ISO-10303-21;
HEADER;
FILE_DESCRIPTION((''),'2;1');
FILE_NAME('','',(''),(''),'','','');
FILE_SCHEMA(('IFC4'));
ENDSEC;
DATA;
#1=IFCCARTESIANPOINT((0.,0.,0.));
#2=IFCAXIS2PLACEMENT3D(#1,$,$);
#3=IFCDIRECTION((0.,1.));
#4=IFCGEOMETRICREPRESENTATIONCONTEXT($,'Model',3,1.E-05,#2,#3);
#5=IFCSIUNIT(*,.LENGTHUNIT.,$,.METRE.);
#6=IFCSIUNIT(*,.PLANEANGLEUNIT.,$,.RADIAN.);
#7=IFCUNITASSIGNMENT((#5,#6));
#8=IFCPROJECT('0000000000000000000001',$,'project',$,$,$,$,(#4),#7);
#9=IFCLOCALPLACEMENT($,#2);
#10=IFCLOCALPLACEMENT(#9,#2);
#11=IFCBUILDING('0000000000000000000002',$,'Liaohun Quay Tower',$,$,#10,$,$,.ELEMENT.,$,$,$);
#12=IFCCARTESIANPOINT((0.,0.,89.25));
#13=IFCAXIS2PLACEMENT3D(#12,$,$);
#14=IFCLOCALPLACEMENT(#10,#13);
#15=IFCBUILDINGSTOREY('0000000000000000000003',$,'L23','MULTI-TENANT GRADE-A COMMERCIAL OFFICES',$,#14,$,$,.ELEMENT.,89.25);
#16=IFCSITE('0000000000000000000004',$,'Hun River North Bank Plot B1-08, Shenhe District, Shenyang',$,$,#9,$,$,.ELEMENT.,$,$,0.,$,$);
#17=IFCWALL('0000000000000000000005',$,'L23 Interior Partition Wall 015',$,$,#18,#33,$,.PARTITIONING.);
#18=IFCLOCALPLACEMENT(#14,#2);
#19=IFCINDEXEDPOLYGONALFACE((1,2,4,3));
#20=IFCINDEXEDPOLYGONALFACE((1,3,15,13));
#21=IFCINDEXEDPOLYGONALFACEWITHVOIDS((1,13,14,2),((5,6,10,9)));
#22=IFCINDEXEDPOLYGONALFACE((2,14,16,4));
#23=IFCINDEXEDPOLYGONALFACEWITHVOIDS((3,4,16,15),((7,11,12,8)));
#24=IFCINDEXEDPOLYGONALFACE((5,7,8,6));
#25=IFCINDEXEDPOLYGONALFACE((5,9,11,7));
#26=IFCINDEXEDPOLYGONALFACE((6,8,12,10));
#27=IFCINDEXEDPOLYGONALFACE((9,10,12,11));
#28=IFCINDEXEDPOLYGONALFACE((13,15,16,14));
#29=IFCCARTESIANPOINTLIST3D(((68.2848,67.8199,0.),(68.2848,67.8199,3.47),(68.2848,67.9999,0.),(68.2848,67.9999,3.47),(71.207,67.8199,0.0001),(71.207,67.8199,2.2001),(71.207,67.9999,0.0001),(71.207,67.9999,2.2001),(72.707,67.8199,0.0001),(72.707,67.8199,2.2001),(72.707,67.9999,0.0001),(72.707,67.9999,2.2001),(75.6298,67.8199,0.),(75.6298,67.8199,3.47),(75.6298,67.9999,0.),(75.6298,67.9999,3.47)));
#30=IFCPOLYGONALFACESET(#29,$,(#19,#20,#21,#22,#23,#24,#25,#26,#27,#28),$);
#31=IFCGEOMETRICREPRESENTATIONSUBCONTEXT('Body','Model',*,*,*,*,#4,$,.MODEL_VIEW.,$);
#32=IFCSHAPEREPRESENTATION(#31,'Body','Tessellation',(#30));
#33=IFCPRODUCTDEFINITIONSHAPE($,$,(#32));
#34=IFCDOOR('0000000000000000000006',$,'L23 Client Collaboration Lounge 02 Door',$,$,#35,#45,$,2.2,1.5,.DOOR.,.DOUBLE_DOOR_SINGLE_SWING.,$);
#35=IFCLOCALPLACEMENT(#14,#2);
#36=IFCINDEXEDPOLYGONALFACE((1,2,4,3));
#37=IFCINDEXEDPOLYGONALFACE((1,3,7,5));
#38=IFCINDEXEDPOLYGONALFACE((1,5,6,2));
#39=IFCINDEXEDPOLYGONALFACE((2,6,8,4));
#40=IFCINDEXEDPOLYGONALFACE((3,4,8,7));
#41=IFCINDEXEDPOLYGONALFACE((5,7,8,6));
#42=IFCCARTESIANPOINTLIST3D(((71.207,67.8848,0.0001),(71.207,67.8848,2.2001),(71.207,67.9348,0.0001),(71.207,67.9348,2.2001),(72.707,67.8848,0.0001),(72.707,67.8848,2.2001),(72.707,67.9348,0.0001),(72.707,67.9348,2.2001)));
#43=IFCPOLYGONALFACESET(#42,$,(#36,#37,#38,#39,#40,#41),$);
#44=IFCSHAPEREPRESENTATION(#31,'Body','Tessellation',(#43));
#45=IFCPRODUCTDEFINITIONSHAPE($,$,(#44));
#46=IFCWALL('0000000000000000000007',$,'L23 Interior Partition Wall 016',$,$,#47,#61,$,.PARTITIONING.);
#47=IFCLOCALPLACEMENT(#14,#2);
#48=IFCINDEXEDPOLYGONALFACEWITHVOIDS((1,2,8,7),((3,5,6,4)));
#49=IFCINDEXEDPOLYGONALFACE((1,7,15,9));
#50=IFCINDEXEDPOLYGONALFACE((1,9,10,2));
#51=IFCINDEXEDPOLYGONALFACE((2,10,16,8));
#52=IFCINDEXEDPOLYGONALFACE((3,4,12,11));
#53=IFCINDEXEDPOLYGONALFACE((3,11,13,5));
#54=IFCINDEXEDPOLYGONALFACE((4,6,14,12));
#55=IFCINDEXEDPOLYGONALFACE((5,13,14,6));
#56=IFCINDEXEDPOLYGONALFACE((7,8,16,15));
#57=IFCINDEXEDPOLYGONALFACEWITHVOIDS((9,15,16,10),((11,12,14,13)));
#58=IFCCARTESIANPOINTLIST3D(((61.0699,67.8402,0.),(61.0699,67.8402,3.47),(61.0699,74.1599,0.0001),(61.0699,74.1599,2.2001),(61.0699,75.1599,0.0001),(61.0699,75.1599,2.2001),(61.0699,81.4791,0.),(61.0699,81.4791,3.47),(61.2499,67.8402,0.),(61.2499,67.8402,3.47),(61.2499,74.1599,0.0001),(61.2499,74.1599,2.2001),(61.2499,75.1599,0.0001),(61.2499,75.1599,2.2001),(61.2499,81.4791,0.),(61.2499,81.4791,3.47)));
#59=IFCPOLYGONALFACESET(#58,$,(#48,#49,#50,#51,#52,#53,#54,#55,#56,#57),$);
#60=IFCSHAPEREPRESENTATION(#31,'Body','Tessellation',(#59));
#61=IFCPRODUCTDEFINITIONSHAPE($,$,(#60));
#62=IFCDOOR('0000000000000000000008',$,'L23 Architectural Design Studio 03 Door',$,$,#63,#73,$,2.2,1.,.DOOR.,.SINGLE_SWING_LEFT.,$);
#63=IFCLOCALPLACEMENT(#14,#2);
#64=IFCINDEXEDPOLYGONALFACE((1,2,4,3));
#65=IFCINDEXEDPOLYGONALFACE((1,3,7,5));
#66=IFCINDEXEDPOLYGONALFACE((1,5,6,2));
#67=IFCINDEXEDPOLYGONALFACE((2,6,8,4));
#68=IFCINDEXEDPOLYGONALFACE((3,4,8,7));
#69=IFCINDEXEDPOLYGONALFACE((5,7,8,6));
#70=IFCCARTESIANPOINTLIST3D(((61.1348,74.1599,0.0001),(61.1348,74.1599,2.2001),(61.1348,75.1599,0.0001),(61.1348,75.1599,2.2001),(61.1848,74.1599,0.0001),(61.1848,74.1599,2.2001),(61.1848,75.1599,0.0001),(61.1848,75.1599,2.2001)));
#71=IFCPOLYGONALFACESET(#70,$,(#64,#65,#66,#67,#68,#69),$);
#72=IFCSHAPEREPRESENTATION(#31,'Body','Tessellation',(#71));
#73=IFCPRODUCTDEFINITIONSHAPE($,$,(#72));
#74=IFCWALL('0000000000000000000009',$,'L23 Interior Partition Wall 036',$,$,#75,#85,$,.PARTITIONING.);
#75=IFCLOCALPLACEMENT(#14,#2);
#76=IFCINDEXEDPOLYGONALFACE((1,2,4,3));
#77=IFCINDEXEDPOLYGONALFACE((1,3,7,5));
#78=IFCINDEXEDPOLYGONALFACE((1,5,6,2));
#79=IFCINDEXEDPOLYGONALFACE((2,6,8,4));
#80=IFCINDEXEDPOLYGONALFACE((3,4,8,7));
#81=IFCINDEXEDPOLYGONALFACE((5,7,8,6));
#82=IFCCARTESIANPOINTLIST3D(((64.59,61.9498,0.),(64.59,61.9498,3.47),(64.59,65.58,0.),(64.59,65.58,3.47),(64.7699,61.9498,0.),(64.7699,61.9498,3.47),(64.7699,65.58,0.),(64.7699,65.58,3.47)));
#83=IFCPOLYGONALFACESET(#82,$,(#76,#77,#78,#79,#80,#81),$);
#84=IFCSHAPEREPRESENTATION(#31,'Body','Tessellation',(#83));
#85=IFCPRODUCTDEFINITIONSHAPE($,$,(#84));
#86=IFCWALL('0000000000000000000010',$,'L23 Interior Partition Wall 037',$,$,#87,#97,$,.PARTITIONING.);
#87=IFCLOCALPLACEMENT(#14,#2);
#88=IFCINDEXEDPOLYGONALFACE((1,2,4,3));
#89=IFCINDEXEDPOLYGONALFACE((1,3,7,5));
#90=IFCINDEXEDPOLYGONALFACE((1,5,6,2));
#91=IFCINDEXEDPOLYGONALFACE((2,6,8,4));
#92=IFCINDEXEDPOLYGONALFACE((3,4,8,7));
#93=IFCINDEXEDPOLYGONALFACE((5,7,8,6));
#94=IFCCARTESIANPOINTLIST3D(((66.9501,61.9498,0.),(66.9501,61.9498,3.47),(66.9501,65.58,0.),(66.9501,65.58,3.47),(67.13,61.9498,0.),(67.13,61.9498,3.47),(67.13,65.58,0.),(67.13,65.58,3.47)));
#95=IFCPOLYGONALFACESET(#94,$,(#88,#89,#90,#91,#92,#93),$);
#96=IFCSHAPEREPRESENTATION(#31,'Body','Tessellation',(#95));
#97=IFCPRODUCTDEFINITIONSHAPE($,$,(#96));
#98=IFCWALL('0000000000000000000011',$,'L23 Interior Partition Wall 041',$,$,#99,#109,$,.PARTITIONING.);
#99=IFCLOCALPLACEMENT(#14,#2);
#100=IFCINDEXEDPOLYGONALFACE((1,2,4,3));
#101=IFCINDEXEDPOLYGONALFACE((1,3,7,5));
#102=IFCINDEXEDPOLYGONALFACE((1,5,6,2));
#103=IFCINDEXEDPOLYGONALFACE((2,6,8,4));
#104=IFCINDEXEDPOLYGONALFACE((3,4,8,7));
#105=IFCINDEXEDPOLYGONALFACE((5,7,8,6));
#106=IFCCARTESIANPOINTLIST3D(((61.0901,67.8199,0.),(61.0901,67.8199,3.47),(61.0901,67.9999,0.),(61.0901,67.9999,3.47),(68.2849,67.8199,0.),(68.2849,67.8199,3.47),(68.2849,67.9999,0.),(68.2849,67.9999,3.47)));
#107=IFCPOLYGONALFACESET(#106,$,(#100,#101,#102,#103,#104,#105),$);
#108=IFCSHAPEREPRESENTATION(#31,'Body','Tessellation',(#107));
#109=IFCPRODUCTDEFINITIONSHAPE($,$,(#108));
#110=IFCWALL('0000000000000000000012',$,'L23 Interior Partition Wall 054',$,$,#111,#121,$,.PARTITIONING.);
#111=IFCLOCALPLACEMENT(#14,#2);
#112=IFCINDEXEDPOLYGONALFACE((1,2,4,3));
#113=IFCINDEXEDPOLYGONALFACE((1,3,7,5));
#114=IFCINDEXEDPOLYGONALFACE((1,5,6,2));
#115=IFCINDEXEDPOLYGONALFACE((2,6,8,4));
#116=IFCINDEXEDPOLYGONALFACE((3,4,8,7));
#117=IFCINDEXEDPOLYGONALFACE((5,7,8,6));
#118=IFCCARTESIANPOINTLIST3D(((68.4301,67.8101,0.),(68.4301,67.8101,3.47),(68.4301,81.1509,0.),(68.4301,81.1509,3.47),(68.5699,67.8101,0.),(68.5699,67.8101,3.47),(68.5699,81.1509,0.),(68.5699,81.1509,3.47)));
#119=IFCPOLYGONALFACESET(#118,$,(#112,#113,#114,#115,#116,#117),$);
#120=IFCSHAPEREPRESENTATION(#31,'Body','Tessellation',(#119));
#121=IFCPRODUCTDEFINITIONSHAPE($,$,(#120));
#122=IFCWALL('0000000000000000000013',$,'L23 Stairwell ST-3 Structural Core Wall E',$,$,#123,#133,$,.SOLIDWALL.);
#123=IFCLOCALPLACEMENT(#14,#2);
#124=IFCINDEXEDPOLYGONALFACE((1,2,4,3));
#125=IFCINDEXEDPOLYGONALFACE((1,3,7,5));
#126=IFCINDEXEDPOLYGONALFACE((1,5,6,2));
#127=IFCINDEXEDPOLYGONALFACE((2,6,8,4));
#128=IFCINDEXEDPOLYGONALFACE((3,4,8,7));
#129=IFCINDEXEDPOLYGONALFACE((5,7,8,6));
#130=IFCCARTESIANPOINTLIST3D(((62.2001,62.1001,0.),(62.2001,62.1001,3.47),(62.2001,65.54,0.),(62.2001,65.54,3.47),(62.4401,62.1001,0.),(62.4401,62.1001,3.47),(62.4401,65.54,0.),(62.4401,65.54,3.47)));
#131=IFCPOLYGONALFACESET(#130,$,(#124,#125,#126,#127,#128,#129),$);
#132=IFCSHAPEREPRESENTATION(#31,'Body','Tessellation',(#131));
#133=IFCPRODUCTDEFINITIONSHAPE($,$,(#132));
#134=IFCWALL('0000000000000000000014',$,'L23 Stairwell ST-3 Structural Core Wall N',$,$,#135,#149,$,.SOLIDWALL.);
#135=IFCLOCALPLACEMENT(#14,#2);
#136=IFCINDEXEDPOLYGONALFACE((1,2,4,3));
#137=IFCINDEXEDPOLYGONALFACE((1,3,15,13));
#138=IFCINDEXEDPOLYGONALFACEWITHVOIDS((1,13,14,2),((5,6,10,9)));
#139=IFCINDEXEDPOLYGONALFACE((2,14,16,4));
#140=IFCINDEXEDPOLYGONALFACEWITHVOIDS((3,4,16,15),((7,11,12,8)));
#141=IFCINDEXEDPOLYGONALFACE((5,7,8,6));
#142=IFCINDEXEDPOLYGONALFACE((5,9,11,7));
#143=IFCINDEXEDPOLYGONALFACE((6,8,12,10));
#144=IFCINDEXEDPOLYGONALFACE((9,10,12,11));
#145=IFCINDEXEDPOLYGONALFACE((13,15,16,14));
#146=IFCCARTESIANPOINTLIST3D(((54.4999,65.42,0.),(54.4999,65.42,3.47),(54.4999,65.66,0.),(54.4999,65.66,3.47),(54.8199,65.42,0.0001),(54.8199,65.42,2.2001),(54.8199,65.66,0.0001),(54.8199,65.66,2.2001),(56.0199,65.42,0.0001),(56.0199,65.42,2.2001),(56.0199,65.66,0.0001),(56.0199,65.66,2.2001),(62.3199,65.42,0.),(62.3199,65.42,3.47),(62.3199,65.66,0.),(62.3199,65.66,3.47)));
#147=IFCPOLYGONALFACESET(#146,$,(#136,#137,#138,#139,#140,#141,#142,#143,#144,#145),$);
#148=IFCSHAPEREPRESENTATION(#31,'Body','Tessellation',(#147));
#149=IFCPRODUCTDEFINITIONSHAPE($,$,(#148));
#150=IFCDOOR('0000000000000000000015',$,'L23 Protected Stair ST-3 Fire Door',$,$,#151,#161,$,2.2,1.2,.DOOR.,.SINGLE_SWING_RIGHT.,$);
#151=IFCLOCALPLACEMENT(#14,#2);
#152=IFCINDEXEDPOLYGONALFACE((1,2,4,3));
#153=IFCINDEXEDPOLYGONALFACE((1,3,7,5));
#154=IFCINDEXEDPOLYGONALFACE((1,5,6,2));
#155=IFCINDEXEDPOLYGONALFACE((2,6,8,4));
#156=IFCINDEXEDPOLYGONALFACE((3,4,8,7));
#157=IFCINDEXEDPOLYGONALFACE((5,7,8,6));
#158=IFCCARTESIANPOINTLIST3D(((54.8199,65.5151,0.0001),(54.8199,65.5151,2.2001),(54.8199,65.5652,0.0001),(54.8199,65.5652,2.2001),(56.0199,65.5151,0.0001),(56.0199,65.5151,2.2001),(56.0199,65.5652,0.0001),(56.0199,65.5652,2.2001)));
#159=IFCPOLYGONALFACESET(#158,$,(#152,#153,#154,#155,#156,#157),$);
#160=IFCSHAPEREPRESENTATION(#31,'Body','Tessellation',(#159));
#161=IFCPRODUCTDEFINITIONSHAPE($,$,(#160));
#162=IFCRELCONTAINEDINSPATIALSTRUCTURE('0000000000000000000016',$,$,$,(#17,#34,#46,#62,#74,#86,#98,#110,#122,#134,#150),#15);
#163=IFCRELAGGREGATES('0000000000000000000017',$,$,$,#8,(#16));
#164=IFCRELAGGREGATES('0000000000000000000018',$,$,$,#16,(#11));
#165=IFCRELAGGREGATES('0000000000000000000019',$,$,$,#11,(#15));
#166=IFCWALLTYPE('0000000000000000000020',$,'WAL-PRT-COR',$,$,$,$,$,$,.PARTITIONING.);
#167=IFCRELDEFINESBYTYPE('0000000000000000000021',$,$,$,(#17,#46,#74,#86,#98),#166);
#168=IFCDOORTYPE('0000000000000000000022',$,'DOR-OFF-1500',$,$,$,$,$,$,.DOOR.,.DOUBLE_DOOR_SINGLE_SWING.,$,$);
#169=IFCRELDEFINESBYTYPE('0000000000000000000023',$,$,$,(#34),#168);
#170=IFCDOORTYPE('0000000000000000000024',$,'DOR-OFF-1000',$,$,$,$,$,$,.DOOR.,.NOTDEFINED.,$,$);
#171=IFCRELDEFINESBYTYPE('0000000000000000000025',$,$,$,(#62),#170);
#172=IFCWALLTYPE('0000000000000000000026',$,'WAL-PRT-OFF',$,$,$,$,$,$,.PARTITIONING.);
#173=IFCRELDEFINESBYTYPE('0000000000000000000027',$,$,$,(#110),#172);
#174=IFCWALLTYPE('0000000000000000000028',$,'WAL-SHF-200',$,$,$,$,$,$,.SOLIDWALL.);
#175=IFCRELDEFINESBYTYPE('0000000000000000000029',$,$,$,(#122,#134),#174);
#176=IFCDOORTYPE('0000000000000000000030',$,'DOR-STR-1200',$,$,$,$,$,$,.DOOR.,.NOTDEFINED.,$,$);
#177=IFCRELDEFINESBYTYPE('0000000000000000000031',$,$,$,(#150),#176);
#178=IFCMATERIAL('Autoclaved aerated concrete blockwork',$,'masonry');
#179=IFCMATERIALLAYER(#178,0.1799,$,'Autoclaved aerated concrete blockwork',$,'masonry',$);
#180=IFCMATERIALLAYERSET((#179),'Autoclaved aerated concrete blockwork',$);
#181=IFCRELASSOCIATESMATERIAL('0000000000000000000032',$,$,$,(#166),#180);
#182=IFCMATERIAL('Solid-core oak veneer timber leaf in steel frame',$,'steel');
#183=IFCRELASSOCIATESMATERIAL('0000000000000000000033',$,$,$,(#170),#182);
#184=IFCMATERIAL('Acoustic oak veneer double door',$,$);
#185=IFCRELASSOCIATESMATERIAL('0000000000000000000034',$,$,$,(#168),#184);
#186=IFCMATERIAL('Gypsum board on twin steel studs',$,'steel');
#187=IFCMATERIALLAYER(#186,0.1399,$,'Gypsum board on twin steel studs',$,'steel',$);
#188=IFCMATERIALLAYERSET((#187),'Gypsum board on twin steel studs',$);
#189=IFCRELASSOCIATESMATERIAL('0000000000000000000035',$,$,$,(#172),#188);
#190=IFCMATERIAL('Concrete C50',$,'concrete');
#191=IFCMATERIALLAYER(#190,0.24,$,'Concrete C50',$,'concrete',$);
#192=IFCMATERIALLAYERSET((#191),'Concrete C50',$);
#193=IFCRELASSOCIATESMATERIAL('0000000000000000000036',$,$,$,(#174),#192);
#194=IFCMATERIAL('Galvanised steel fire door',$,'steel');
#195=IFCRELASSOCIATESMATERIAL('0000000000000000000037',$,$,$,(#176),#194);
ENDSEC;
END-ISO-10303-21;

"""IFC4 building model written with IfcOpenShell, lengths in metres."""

from ifc_helpers import new_model, si_unit, direction, frame, frame_2d, origin, place, context, subcontext, project, spatial, rectangle, extrude, source, transform, mapped, material, layer, layer_set, type_object, element, fill, save


model = new_model("IFC4")

# Units and contexts
model_context = context("Model", 3, precision=1e-05, world=origin(), true_north=direction((0.0, 1.0)))
body_context = subcontext(model_context, "Body", "Model", "MODEL_VIEW")
ifc_project = project(units=[si_unit("LENGTHUNIT", "METRE"), si_unit("PLANEANGLEUNIT", "RADIAN")], contexts=[model_context])

# Site, building, storey
site_placement = place(None, origin())
site = spatial("IfcSite", under=ifc_project, at=site_placement, Name="Hun River North Bank Plot B1-08, Shenhe District, Shenyang", CompositionType="ELEMENT", RefElevation=0.0)
building_placement = place(site_placement, origin())
building = spatial("IfcBuilding", under=site, at=building_placement, Name="Liaohun Quay Tower", CompositionType="ELEMENT")
storey_placement = place(building_placement, frame((0.0, 0.0, 89.25)))
storey = spatial("IfcBuildingStorey", under=building, at=storey_placement, Name="L23", Description="MULTI-TENANT GRADE-A COMMERCIAL OFFICES", CompositionType="ELEMENT", Elevation=89.25)

# Walls, openings, doors
ifc_material_1 = material(Name="Autoclaved aerated concrete blockwork", Category="masonry")
ifc_layer_1 = layer(ifc_material_1, 0.1799, Name="Autoclaved aerated concrete blockwork", Category="masonry")
ifc_layer_set_1 = layer_set([ifc_layer_1], Name="Autoclaved aerated concrete blockwork")
wall_type_1 = type_object("IfcWallType", Name="WAL-PRT-COR", PredefinedType="PARTITIONING", material=ifc_layer_set_1)
shared_shape_1 = source(origin(), body_context, "Body", "SweptSolid", [
    extrude(rectangle(XDim=1.0, YDim=2.2, at=frame_2d((0.5, 1.1001))), frame((0.0, 0.0999, 0.0), z_axis=(0.0, -1.0, 0.0), x_axis=(1.0, 0.0, 0.0)), (0.0, 0.0, 1.0), 0.2),
])
ifc_material_2 = material(Name="Solid-core oak veneer timber leaf in steel frame", Category="steel")
door_type_1 = type_object("IfcDoorType", Name="DOR-OFF-1000", OperationType="NOTDEFINED", PredefinedType="DOOR", material=ifc_material_2)
shared_shape_2 = source(origin(), body_context, "Body", "SweptSolid", [
    extrude(rectangle(XDim=1.0, YDim=2.2, at=frame_2d((0.5, 1.1001))), frame((0.0, 0.0249, 0.0), z_axis=(0.0, -1.0, 0.0), x_axis=(1.0, 0.0, 0.0)), (0.0, 0.0, 1.0), 0.05),
])
wall_1_placement = place(storey_placement, frame((68.2849, 67.9099, 0.0), z_axis=(0.0, 0.0, 1.0), x_axis=(1.0, 0.0, 0.0)))
wall_1 = element("IfcWall", 1, at=wall_1_placement, inside=storey, type_object=wall_type_1, Name="L23 Interior Partition Wall 015", PredefinedType="PARTITIONING", context=body_context, shape_type="SweptSolid", body=[
    extrude(rectangle(XDim=7.345, YDim=0.1799, at=frame_2d((3.6724, 0.0))), origin(), (0.0, 0.0, 1.0), 3.47),
])
shared_shape_3 = source(origin(), body_context, "Body", "SweptSolid", [
    extrude(rectangle(XDim=1.5, YDim=2.2, at=frame_2d((0.75, 1.1001))), frame((0.0, 0.0999, 0.0), z_axis=(0.0, -1.0, 0.0), x_axis=(1.0, 0.0, 0.0)), (0.0, 0.0, 1.0), 0.2),
])
opening_1_placement = place(wall_1_placement, frame((2.9221, 0.0, 0.0)))
opening_1 = element("IfcOpeningElement", 2, at=opening_1_placement, cuts=wall_1, PredefinedType="OPENING", context=body_context, shape_type="MappedRepresentation", body=[
    mapped(shared_shape_3, transform((0.0, 0.0, 0.0), x_axis=(1.0, 0.0, 0.0), y_axis=(0.0, 1.0, 0.0), z_axis=(0.0, 0.0, 1.0), scale=1.0)),
])
ifc_material_3 = material(Name="Acoustic oak veneer double door")
door_type_2 = type_object("IfcDoorType", Name="DOR-OFF-1500", OperationType="DOUBLE_DOOR_SINGLE_SWING", PredefinedType="DOOR", material=ifc_material_3)
shared_shape_4 = source(origin(), body_context, "Body", "SweptSolid", [
    extrude(rectangle(XDim=1.5, YDim=2.2, at=frame_2d((0.75, 1.1001))), frame((0.0, 0.0249, 0.0), z_axis=(0.0, -1.0, 0.0), x_axis=(1.0, 0.0, 0.0)), (0.0, 0.0, 1.0), 0.05),
])
door_1_placement = place(opening_1_placement, origin())
door_1 = element("IfcDoor", 3, at=door_1_placement, inside=storey, type_object=door_type_2, Name="L23 Client Collaboration Lounge 02 Door", OperationType="DOUBLE_DOOR_SINGLE_SWING", OverallHeight=2.2, OverallWidth=1.5, PredefinedType="DOOR", context=body_context, shape_type="MappedRepresentation", body=[
    mapped(shared_shape_4, transform((0.0, 0.0, 0.0), x_axis=(1.0, 0.0, 0.0), y_axis=(0.0, 1.0, 0.0), z_axis=(0.0, 0.0, 1.0), scale=1.0)),
])
fill(opening_1, door_1)
wall_2_placement = place(storey_placement, frame((61.1599, 81.479, 0.0), z_axis=(0.0, 0.0, 1.0), x_axis=(0.0, -1.0, 0.0)))
wall_2 = element("IfcWall", 4, at=wall_2_placement, inside=storey, type_object=wall_type_1, Name="L23 Interior Partition Wall 016", PredefinedType="PARTITIONING", context=body_context, shape_type="SweptSolid", body=[
    extrude(rectangle(XDim=13.6389, YDim=0.1799, at=frame_2d((6.8193, 0.0))), origin(), (0.0, 0.0, 1.0), 3.47),
])
opening_2_placement = place(wall_2_placement, frame((6.3191, 0.0, 0.0)))
opening_2 = element("IfcOpeningElement", 5, at=opening_2_placement, cuts=wall_2, PredefinedType="OPENING", context=body_context, shape_type="MappedRepresentation", body=[
    mapped(shared_shape_1, transform((0.0, 0.0, 0.0), x_axis=(1.0, 0.0, 0.0), y_axis=(0.0, 1.0, 0.0), z_axis=(0.0, 0.0, 1.0), scale=1.0)),
])
door_2_placement = place(opening_2_placement, origin())
door_2 = element("IfcDoor", 6, at=door_2_placement, inside=storey, type_object=door_type_1, Name="L23 Architectural Design Studio 03 Door", OperationType="SINGLE_SWING_LEFT", OverallHeight=2.2, OverallWidth=1.0, PredefinedType="DOOR", context=body_context, shape_type="MappedRepresentation", body=[
    mapped(shared_shape_2, transform((0.0, 0.0, 0.0), x_axis=(1.0, 0.0, 0.0), y_axis=(0.0, 1.0, 0.0), z_axis=(0.0, 0.0, 1.0), scale=1.0)),
])
fill(opening_2, door_2)

# Walls
for number, where, z_axis, x_axis, name in (
    (7, (64.6799, 61.95, 0.0), (0.0, 0.0, 1.0), (0.0, 1.0, 0.0), "L23 Interior Partition Wall 036"),
    (8, (67.04, 61.95, 0.0), (0.0, 0.0, 1.0), (0.0, 1.0, 0.0), "L23 Interior Partition Wall 037"),
):
    element("IfcWall", number, at=place(storey_placement, frame(where, z_axis=z_axis, x_axis=x_axis)), inside=storey, type_object=wall_type_1, Name=name, PredefinedType="PARTITIONING", context=body_context, shape_type="SweptSolid", body=[
        extrude(rectangle(XDim=3.6301, YDim=0.1799, at=frame_2d((1.8149, 0.0))), origin(), (0.0, 0.0, 1.0), 3.47),
    ])
wall_3_placement = place(storey_placement, frame((61.0901, 67.9099, 0.0), z_axis=(0.0, 0.0, 1.0), x_axis=(1.0, 0.0, 0.0)))
element("IfcWall", 9, at=wall_3_placement, inside=storey, type_object=wall_type_1, Name="L23 Interior Partition Wall 041", PredefinedType="PARTITIONING", context=body_context, shape_type="SweptSolid", body=[
    extrude(rectangle(XDim=7.1948, YDim=0.1799, at=frame_2d((3.5974, 0.0))), origin(), (0.0, 0.0, 1.0), 3.47),
])
ifc_material_4 = material(Name="Gypsum board on twin steel studs", Category="steel")
ifc_layer_2 = layer(ifc_material_4, 0.1399, Name="Gypsum board on twin steel studs", Category="steel")
ifc_layer_set_2 = layer_set([ifc_layer_2], Name="Gypsum board on twin steel studs")
wall_type_2 = type_object("IfcWallType", Name="WAL-PRT-OFF", PredefinedType="PARTITIONING", material=ifc_layer_set_2)
wall_4_placement = place(storey_placement, frame((68.5, 67.8101, 0.0), z_axis=(0.0, 0.0, 1.0), x_axis=(0.0, 1.0, 0.0)))
element("IfcWall", 10, at=wall_4_placement, inside=storey, type_object=wall_type_2, Name="L23 Interior Partition Wall 054", PredefinedType="PARTITIONING", context=body_context, shape_type="SweptSolid", body=[
    extrude(rectangle(XDim=13.3408, YDim=0.1399, at=frame_2d((6.6704, 0.0))), origin(), (0.0, 0.0, 1.0), 3.47),
])
ifc_material_5 = material(Name="Concrete C50", Category="concrete")
ifc_layer_3 = layer(ifc_material_5, 0.24, Name="Concrete C50", Category="concrete")
ifc_layer_set_3 = layer_set([ifc_layer_3], Name="Concrete C50")
wall_type_3 = type_object("IfcWallType", Name="WAL-SHF-200", PredefinedType="SOLIDWALL", material=ifc_layer_set_3)
wall_5_placement = place(storey_placement, frame((62.3201, 62.1001, 0.0), z_axis=(0.0, 0.0, 1.0), x_axis=(0.0, 1.0, 0.0)))
element("IfcWall", 11, at=wall_5_placement, inside=storey, type_object=wall_type_3, Name="L23 Stairwell ST-3 Structural Core Wall E", PredefinedType="SOLIDWALL", context=body_context, shape_type="SweptSolid", body=[
    extrude(rectangle(XDim=3.4399, YDim=0.24, at=frame_2d((1.72, 0.0))), origin(), (0.0, 0.0, 1.0), 3.47),
])

# Wall, opening, door
wall_6_placement = place(storey_placement, frame((62.3201, 65.54, 0.0), z_axis=(0.0, 0.0, 1.0), x_axis=(-1.0, 0.0, 0.0)))
wall_6 = element("IfcWall", 12, at=wall_6_placement, inside=storey, type_object=wall_type_3, Name="L23 Stairwell ST-3 Structural Core Wall N", PredefinedType="SOLIDWALL", context=body_context, shape_type="SweptSolid", body=[
    extrude(rectangle(XDim=7.8201, YDim=0.24, at=frame_2d((3.9102, 0.0))), origin(), (0.0, 0.0, 1.0), 3.47),
])
shared_shape_5 = source(origin(), body_context, "Body", "SweptSolid", [
    extrude(rectangle(XDim=1.2, YDim=2.2, at=frame_2d((0.6001, 1.1001))), frame((0.0, 0.1299, 0.0), z_axis=(0.0, -1.0, 0.0), x_axis=(1.0, 0.0, 0.0)), (0.0, 0.0, 1.0), 0.26),
])
opening_3_placement = place(wall_6_placement, frame((6.3, 0.0, 0.0)))
opening_3 = element("IfcOpeningElement", 13, at=opening_3_placement, cuts=wall_6, PredefinedType="OPENING", context=body_context, shape_type="MappedRepresentation", body=[
    mapped(shared_shape_5, transform((0.0, 0.0, 0.0), x_axis=(1.0, 0.0, 0.0), y_axis=(0.0, 1.0, 0.0), z_axis=(0.0, 0.0, 1.0), scale=1.0)),
])
ifc_material_6 = material(Name="Galvanised steel fire door", Category="steel")
door_type_3 = type_object("IfcDoorType", Name="DOR-STR-1200", OperationType="NOTDEFINED", PredefinedType="DOOR", material=ifc_material_6)
shared_shape_6 = source(origin(), body_context, "Body", "SweptSolid", [
    extrude(rectangle(XDim=1.2, YDim=2.2, at=frame_2d((0.6001, 1.1001))), frame((0.0, 0.0249, 0.0), z_axis=(0.0, -1.0, 0.0), x_axis=(1.0, 0.0, 0.0)), (0.0, 0.0, 1.0), 0.05),
])
door_3_placement = place(opening_3_placement, origin())
door_3 = element("IfcDoor", 14, at=door_3_placement, inside=storey, type_object=door_type_3, Name="L23 Protected Stair ST-3 Fire Door", OperationType="SINGLE_SWING_RIGHT", OverallHeight=2.2, OverallWidth=1.2, PredefinedType="DOOR", context=body_context, shape_type="MappedRepresentation", body=[
    mapped(shared_shape_6, transform((0.0, 0.0, 0.0), x_axis=(1.0, 0.0, 0.0), y_axis=(0.0, 1.0, 0.0), z_axis=(0.0, 0.0, 1.0), scale=1.0)),
])
fill(opening_3, door_3)

save(model, "model.ifc")
